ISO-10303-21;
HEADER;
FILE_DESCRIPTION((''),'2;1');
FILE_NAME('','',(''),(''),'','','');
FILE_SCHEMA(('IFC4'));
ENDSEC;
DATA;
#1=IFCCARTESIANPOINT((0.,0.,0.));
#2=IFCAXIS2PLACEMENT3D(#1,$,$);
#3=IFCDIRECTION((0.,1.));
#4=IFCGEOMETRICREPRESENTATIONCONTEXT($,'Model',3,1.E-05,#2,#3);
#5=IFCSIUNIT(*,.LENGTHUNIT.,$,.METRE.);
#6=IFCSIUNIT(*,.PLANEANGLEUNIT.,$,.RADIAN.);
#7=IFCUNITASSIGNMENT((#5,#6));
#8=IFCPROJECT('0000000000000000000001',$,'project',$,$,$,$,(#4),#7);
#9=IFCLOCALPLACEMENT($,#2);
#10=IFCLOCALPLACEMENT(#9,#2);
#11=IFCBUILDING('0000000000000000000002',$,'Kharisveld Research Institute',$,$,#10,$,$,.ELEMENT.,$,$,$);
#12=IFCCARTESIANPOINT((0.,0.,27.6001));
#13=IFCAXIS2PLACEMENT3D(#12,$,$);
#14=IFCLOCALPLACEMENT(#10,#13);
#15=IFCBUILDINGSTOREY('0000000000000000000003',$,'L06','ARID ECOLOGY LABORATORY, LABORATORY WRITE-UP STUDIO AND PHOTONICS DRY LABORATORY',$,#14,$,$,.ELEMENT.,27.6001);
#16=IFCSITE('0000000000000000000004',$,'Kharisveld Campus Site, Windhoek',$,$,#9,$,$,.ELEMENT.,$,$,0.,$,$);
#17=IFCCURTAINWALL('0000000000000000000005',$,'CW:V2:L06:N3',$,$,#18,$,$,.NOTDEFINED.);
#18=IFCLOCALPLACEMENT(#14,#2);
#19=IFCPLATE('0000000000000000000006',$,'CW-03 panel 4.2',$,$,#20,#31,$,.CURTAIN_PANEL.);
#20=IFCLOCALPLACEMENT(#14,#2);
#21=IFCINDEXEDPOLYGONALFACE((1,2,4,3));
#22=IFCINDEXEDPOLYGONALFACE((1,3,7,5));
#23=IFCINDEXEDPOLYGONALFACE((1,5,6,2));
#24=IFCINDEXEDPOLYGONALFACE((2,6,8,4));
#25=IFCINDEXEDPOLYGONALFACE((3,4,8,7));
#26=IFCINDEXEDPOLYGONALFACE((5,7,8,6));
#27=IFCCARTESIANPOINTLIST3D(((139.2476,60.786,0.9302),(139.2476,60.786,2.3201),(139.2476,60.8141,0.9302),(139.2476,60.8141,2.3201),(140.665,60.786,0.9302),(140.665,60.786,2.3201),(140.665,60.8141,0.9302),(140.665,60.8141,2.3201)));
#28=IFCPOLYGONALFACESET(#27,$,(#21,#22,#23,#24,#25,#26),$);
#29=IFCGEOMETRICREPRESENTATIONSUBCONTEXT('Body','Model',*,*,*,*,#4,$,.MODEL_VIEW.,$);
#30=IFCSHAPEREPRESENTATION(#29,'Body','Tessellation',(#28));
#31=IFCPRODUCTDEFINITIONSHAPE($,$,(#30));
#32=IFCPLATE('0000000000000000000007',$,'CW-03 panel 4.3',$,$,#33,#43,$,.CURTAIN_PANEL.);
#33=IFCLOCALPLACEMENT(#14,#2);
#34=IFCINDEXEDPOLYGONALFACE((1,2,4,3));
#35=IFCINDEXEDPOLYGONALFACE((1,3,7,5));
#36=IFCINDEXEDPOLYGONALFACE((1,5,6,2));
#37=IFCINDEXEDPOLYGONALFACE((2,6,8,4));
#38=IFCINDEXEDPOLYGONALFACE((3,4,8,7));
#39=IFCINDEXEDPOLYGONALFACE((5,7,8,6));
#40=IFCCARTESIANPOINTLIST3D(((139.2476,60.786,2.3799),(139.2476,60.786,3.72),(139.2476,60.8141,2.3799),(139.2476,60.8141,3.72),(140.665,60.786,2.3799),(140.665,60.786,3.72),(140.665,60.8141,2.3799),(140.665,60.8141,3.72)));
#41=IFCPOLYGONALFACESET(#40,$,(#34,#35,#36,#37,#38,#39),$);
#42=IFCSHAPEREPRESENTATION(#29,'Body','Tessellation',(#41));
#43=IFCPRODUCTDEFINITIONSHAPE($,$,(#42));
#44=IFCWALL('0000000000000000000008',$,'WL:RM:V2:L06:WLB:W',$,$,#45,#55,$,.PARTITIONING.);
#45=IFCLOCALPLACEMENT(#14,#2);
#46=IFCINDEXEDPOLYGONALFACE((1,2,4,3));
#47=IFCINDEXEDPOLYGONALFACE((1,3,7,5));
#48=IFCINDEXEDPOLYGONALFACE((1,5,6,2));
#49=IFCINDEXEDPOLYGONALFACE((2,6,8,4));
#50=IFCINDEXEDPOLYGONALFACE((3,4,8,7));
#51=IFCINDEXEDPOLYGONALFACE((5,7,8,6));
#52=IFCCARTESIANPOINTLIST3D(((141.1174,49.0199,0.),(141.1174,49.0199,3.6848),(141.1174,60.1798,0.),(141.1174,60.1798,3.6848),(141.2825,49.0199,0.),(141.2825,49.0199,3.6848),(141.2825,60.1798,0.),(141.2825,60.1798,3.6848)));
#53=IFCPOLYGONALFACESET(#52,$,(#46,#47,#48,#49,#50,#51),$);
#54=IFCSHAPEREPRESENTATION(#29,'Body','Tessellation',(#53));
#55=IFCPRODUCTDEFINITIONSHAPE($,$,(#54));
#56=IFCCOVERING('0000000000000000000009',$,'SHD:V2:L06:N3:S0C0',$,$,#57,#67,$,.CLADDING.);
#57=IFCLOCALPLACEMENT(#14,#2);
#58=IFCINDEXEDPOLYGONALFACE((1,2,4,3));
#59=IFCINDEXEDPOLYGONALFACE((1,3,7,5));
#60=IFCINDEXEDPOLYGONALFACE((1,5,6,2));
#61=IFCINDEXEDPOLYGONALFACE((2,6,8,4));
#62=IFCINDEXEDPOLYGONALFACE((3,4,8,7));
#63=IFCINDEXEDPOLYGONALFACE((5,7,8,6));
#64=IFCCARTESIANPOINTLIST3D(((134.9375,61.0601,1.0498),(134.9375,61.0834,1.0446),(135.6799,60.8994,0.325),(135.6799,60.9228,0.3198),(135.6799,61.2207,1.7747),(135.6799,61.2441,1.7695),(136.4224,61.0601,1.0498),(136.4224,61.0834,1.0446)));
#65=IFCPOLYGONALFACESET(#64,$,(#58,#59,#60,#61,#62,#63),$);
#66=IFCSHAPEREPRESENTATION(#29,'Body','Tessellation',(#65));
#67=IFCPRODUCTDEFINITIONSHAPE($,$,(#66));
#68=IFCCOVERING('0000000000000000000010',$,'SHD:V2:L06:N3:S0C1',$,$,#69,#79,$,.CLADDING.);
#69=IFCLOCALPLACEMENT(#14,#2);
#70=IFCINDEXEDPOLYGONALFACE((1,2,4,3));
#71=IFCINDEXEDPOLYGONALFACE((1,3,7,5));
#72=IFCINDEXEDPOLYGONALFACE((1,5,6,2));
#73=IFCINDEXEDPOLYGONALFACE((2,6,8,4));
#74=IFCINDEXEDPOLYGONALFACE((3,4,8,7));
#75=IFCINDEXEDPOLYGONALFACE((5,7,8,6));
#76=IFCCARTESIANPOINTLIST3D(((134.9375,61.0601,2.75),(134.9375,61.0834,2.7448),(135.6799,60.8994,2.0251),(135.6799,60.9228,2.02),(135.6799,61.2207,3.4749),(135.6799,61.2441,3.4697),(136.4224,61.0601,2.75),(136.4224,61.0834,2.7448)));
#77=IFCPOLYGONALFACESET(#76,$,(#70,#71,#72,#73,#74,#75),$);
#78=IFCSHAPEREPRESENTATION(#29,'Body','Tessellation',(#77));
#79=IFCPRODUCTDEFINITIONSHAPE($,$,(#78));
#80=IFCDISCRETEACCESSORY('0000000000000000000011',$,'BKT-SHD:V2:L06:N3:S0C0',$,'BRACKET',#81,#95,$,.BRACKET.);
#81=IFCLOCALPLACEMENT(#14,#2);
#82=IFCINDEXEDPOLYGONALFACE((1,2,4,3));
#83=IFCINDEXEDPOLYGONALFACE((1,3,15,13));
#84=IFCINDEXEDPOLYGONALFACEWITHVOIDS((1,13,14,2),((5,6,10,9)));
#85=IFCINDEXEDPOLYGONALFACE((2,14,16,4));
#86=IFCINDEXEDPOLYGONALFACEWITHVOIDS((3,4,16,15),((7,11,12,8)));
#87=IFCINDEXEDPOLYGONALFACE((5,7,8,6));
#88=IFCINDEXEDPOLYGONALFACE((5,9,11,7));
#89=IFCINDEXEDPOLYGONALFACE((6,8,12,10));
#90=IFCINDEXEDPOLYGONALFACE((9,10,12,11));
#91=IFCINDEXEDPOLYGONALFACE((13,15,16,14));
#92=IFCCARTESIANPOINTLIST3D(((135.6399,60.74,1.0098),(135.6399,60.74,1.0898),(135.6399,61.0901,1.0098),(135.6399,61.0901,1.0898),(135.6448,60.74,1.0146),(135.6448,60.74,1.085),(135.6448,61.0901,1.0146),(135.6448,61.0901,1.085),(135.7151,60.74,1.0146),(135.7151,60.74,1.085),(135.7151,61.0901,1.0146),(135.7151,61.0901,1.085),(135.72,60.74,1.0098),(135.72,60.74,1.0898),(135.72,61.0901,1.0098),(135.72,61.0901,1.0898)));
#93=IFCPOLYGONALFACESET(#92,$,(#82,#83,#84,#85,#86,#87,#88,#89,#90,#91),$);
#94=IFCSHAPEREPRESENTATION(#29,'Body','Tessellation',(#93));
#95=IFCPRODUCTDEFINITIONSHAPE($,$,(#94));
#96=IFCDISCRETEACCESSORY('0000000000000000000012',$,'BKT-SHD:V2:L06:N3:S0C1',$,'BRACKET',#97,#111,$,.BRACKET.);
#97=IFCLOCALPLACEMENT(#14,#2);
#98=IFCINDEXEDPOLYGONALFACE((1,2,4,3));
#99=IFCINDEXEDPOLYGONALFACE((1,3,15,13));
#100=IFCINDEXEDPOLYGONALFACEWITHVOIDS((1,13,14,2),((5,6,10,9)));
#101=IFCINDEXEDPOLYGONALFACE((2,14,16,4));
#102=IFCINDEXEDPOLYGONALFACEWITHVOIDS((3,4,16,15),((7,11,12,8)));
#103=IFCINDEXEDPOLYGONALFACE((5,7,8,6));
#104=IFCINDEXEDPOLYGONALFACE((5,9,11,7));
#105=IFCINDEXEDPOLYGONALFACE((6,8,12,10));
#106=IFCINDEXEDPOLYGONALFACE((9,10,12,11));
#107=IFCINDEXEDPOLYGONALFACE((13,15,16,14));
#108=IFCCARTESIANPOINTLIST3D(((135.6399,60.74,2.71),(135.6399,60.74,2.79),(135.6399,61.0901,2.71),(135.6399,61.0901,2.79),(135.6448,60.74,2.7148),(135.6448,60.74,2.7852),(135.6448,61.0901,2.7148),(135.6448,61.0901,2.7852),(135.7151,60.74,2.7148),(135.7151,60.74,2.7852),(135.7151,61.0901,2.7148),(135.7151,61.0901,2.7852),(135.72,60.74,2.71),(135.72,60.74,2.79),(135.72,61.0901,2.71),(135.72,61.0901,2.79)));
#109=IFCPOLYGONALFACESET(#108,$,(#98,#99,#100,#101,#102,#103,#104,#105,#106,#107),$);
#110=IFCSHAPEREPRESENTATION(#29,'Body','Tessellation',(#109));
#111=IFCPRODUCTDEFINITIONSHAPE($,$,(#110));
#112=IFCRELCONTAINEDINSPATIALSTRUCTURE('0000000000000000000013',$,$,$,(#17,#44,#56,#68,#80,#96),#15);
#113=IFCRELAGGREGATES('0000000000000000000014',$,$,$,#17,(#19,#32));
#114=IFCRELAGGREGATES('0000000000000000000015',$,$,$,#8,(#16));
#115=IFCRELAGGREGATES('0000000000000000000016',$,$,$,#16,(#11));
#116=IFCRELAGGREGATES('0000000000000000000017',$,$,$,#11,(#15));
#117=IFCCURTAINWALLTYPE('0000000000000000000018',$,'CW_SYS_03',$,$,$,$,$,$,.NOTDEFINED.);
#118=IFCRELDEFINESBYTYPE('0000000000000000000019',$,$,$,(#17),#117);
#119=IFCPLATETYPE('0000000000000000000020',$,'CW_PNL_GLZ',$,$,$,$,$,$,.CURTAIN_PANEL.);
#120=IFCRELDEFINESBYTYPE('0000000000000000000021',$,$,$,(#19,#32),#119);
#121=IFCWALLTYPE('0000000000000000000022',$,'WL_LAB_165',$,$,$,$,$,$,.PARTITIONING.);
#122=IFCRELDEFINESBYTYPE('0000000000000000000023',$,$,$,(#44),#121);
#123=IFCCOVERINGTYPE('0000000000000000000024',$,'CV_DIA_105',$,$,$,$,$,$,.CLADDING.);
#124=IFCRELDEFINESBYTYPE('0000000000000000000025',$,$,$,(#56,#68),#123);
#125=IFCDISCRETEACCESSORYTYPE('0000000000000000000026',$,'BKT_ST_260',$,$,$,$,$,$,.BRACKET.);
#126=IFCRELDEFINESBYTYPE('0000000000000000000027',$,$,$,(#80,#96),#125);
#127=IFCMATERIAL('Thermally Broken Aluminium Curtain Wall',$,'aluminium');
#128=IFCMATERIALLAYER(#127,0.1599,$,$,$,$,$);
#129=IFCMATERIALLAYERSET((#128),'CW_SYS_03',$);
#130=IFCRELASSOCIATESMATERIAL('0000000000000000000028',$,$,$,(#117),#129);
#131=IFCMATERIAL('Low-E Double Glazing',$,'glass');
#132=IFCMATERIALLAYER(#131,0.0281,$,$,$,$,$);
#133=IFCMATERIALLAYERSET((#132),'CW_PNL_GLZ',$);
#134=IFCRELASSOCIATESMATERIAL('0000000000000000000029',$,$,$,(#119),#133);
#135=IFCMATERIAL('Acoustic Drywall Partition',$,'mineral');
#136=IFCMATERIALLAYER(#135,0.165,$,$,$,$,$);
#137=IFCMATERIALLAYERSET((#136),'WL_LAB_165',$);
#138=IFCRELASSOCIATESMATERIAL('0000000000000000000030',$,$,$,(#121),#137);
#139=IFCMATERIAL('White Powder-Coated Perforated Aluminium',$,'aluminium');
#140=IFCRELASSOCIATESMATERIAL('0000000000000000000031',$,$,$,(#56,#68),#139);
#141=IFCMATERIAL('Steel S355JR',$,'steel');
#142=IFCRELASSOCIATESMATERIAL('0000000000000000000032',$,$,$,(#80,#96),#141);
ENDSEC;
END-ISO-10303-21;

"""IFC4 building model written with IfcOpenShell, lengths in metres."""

from ifc_helpers import new_model, si_unit, direction, frame, frame_2d, origin, origin_2d, place, context, subcontext, project, spatial, polyline, rectangle, hollow_rectangle, outline, extrude, material, layer, layer_set, type_object, element, aggregate, save


model = new_model("IFC4")

# Units and contexts
model_context = context("Model", 3, precision=1e-05, world=origin(), true_north=direction((0.0, 1.0)))
body_context = subcontext(model_context, "Body", "Model", "MODEL_VIEW")
ifc_project = project(units=[si_unit("LENGTHUNIT", "METRE"), si_unit("PLANEANGLEUNIT", "RADIAN")], contexts=[model_context])

# Site, building, storey
site_placement = place(None, origin())
site = spatial("IfcSite", under=ifc_project, at=site_placement, Name="Kharisveld Campus Site, Windhoek", CompositionType="ELEMENT", RefElevation=0.0)
building_placement = place(site_placement, origin())
building = spatial("IfcBuilding", under=site, at=building_placement, Name="Kharisveld Research Institute", CompositionType="ELEMENT")
storey_placement = place(building_placement, frame((0.0, 0.0, 27.6001)))
storey = spatial("IfcBuildingStorey", under=building, at=storey_placement, Name="L06", Description="ARID ECOLOGY LABORATORY, LABORATORY WRITE-UP STUDIO AND PHOTONICS DRY LABORATORY", CompositionType="ELEMENT", Elevation=27.6001)

# Curtain wall, plates
ifc_material_1 = material(Name="Thermally Broken Aluminium Curtain Wall", Category="aluminium")
ifc_layer_1 = layer(ifc_material_1, 0.1599)
ifc_layer_set_1 = layer_set([ifc_layer_1], Name="CW_SYS_03")
curtain_wall_type = type_object("IfcCurtainWallType", Name="CW_SYS_03", PredefinedType="NOTDEFINED", material=ifc_layer_set_1)
curtain_wall_placement = place(storey_placement, origin())
curtain_wall = element("IfcCurtainWall", 1, at=curtain_wall_placement, inside=storey, type_object=curtain_wall_type, Name="CW:V2:L06:N3", PredefinedType="NOTDEFINED")
ifc_material_2 = material(Name="Low-E Double Glazing", Category="glass")
ifc_layer_2 = layer(ifc_material_2, 0.0281)
ifc_layer_set_2 = layer_set([ifc_layer_2], Name="CW_PNL_GLZ")
plate_type = type_object("IfcPlateType", Name="CW_PNL_GLZ", PredefinedType="CURTAIN_PANEL", material=ifc_layer_set_2)
plate_1_placement = place(storey_placement, frame((139.9563, 60.8, 0.9302), z_axis=(0.0, 0.0, 1.0), x_axis=(1.0, 0.0, 0.0)))
plate_1 = element("IfcPlate", 2, at=plate_1_placement, type_object=plate_type, Name="CW-03 panel 4.2", PredefinedType="CURTAIN_PANEL", context=body_context, shape_type="SweptSolid", body=[
    extrude(rectangle(XDim=1.4175, YDim=0.0281, at=origin_2d()), origin(), (0.0, 0.0, 1.0), 1.3899),
])
plate_2_placement = place(storey_placement, frame((139.9563, 60.8, 2.3799), z_axis=(0.0, 0.0, 1.0), x_axis=(1.0, 0.0, 0.0)))
plate_2 = element("IfcPlate", 3, at=plate_2_placement, type_object=plate_type, Name="CW-03 panel 4.3", PredefinedType="CURTAIN_PANEL", context=body_context, shape_type="SweptSolid", body=[
    extrude(rectangle(XDim=1.4175, YDim=0.0281, at=origin_2d()), origin(), (0.0, 0.0, 1.0), 1.3401),
])
aggregate(curtain_wall, [plate_1, plate_2])

# Wall
ifc_material_3 = material(Name="Acoustic Drywall Partition", Category="mineral")
ifc_layer_3 = layer(ifc_material_3, 0.165)
ifc_layer_set_3 = layer_set([ifc_layer_3], Name="WL_LAB_165")
wall_type = type_object("IfcWallType", Name="WL_LAB_165", PredefinedType="PARTITIONING", material=ifc_layer_set_3)
wall_placement = place(storey_placement, frame((141.2, 60.1799, 0.0), z_axis=(0.0, 0.0, 1.0), x_axis=(0.0, -1.0, 0.0)))
element("IfcWall", 4, at=wall_placement, inside=storey, type_object=wall_type, Name="WL:RM:V2:L06:WLB:W", PredefinedType="PARTITIONING", context=body_context, shape_type="SweptSolid", body=[
    extrude(rectangle(XDim=11.1599, YDim=0.165, at=frame_2d((5.5801, 0.0))), origin(), (0.0, 0.0, 1.0), 3.6848),
])

# Coverings
ifc_material_4 = material(Name="White Powder-Coated Perforated Aluminium", Category="aluminium")
covering_type = type_object("IfcCoveringType", Name="CV_DIA_105", PredefinedType="CLADDING")
for number, where, z_axis, x_axis, name in (
    (5, (135.6799, 60.8994, 0.325), (0.0, -0.976311, 0.216373), (0.707102, 0.153, 0.69036), "SHD:V2:L06:N3:S0C0"),
    (6, (135.6799, 60.8994, 2.0251), (0.0, -0.976311, 0.216373), (0.707102, 0.153, 0.69036), "SHD:V2:L06:N3:S0C1"),
):
    element("IfcCovering", number, at=place(storey_placement, frame(where, z_axis=z_axis, x_axis=x_axis)), inside=storey, type_object=covering_type, material=ifc_material_4, Name=name, PredefinedType="CLADDING", context=body_context, shape_type="SweptSolid", body=[
        extrude(outline(polyline([(0.0, 0.0), (1.05, 0.0), (1.05, 1.05), (0.0, 1.05), (0.0, 0.0)])), origin(), (0.0, 0.0, -1.0), 0.0239),
    ])

# Discrete accessories
ifc_material_5 = material(Name="Steel S355JR", Category="steel")
discrete_accessory_type = type_object("IfcDiscreteAccessoryType", Name="BKT_ST_260", PredefinedType="BRACKET")
for number, where, z_axis, x_axis, name in (
    (7, (135.6799, 60.74, 1.0498), (0.0, 1.0, 0.0), (-1.0, 0.0, 0.0), "BKT-SHD:V2:L06:N3:S0C0"),
    (8, (135.6799, 60.74, 2.75), (0.0, 1.0, 0.0), (-1.0, 0.0, 0.0), "BKT-SHD:V2:L06:N3:S0C1"),
):
    element("IfcDiscreteAccessory", number, at=place(storey_placement, frame(where, z_axis=z_axis, x_axis=x_axis)), inside=storey, type_object=discrete_accessory_type, material=ifc_material_5, Name=name, ObjectType="BRACKET", PredefinedType="BRACKET", context=body_context, shape_type="SweptSolid", body=[
        extrude(hollow_rectangle(XDim=0.0801, YDim=0.0801, WallThickness=0.0049, at=origin_2d()), origin(), (0.0, 0.0, 1.0), 0.3501),
    ])

save(model, "model.ifc")
